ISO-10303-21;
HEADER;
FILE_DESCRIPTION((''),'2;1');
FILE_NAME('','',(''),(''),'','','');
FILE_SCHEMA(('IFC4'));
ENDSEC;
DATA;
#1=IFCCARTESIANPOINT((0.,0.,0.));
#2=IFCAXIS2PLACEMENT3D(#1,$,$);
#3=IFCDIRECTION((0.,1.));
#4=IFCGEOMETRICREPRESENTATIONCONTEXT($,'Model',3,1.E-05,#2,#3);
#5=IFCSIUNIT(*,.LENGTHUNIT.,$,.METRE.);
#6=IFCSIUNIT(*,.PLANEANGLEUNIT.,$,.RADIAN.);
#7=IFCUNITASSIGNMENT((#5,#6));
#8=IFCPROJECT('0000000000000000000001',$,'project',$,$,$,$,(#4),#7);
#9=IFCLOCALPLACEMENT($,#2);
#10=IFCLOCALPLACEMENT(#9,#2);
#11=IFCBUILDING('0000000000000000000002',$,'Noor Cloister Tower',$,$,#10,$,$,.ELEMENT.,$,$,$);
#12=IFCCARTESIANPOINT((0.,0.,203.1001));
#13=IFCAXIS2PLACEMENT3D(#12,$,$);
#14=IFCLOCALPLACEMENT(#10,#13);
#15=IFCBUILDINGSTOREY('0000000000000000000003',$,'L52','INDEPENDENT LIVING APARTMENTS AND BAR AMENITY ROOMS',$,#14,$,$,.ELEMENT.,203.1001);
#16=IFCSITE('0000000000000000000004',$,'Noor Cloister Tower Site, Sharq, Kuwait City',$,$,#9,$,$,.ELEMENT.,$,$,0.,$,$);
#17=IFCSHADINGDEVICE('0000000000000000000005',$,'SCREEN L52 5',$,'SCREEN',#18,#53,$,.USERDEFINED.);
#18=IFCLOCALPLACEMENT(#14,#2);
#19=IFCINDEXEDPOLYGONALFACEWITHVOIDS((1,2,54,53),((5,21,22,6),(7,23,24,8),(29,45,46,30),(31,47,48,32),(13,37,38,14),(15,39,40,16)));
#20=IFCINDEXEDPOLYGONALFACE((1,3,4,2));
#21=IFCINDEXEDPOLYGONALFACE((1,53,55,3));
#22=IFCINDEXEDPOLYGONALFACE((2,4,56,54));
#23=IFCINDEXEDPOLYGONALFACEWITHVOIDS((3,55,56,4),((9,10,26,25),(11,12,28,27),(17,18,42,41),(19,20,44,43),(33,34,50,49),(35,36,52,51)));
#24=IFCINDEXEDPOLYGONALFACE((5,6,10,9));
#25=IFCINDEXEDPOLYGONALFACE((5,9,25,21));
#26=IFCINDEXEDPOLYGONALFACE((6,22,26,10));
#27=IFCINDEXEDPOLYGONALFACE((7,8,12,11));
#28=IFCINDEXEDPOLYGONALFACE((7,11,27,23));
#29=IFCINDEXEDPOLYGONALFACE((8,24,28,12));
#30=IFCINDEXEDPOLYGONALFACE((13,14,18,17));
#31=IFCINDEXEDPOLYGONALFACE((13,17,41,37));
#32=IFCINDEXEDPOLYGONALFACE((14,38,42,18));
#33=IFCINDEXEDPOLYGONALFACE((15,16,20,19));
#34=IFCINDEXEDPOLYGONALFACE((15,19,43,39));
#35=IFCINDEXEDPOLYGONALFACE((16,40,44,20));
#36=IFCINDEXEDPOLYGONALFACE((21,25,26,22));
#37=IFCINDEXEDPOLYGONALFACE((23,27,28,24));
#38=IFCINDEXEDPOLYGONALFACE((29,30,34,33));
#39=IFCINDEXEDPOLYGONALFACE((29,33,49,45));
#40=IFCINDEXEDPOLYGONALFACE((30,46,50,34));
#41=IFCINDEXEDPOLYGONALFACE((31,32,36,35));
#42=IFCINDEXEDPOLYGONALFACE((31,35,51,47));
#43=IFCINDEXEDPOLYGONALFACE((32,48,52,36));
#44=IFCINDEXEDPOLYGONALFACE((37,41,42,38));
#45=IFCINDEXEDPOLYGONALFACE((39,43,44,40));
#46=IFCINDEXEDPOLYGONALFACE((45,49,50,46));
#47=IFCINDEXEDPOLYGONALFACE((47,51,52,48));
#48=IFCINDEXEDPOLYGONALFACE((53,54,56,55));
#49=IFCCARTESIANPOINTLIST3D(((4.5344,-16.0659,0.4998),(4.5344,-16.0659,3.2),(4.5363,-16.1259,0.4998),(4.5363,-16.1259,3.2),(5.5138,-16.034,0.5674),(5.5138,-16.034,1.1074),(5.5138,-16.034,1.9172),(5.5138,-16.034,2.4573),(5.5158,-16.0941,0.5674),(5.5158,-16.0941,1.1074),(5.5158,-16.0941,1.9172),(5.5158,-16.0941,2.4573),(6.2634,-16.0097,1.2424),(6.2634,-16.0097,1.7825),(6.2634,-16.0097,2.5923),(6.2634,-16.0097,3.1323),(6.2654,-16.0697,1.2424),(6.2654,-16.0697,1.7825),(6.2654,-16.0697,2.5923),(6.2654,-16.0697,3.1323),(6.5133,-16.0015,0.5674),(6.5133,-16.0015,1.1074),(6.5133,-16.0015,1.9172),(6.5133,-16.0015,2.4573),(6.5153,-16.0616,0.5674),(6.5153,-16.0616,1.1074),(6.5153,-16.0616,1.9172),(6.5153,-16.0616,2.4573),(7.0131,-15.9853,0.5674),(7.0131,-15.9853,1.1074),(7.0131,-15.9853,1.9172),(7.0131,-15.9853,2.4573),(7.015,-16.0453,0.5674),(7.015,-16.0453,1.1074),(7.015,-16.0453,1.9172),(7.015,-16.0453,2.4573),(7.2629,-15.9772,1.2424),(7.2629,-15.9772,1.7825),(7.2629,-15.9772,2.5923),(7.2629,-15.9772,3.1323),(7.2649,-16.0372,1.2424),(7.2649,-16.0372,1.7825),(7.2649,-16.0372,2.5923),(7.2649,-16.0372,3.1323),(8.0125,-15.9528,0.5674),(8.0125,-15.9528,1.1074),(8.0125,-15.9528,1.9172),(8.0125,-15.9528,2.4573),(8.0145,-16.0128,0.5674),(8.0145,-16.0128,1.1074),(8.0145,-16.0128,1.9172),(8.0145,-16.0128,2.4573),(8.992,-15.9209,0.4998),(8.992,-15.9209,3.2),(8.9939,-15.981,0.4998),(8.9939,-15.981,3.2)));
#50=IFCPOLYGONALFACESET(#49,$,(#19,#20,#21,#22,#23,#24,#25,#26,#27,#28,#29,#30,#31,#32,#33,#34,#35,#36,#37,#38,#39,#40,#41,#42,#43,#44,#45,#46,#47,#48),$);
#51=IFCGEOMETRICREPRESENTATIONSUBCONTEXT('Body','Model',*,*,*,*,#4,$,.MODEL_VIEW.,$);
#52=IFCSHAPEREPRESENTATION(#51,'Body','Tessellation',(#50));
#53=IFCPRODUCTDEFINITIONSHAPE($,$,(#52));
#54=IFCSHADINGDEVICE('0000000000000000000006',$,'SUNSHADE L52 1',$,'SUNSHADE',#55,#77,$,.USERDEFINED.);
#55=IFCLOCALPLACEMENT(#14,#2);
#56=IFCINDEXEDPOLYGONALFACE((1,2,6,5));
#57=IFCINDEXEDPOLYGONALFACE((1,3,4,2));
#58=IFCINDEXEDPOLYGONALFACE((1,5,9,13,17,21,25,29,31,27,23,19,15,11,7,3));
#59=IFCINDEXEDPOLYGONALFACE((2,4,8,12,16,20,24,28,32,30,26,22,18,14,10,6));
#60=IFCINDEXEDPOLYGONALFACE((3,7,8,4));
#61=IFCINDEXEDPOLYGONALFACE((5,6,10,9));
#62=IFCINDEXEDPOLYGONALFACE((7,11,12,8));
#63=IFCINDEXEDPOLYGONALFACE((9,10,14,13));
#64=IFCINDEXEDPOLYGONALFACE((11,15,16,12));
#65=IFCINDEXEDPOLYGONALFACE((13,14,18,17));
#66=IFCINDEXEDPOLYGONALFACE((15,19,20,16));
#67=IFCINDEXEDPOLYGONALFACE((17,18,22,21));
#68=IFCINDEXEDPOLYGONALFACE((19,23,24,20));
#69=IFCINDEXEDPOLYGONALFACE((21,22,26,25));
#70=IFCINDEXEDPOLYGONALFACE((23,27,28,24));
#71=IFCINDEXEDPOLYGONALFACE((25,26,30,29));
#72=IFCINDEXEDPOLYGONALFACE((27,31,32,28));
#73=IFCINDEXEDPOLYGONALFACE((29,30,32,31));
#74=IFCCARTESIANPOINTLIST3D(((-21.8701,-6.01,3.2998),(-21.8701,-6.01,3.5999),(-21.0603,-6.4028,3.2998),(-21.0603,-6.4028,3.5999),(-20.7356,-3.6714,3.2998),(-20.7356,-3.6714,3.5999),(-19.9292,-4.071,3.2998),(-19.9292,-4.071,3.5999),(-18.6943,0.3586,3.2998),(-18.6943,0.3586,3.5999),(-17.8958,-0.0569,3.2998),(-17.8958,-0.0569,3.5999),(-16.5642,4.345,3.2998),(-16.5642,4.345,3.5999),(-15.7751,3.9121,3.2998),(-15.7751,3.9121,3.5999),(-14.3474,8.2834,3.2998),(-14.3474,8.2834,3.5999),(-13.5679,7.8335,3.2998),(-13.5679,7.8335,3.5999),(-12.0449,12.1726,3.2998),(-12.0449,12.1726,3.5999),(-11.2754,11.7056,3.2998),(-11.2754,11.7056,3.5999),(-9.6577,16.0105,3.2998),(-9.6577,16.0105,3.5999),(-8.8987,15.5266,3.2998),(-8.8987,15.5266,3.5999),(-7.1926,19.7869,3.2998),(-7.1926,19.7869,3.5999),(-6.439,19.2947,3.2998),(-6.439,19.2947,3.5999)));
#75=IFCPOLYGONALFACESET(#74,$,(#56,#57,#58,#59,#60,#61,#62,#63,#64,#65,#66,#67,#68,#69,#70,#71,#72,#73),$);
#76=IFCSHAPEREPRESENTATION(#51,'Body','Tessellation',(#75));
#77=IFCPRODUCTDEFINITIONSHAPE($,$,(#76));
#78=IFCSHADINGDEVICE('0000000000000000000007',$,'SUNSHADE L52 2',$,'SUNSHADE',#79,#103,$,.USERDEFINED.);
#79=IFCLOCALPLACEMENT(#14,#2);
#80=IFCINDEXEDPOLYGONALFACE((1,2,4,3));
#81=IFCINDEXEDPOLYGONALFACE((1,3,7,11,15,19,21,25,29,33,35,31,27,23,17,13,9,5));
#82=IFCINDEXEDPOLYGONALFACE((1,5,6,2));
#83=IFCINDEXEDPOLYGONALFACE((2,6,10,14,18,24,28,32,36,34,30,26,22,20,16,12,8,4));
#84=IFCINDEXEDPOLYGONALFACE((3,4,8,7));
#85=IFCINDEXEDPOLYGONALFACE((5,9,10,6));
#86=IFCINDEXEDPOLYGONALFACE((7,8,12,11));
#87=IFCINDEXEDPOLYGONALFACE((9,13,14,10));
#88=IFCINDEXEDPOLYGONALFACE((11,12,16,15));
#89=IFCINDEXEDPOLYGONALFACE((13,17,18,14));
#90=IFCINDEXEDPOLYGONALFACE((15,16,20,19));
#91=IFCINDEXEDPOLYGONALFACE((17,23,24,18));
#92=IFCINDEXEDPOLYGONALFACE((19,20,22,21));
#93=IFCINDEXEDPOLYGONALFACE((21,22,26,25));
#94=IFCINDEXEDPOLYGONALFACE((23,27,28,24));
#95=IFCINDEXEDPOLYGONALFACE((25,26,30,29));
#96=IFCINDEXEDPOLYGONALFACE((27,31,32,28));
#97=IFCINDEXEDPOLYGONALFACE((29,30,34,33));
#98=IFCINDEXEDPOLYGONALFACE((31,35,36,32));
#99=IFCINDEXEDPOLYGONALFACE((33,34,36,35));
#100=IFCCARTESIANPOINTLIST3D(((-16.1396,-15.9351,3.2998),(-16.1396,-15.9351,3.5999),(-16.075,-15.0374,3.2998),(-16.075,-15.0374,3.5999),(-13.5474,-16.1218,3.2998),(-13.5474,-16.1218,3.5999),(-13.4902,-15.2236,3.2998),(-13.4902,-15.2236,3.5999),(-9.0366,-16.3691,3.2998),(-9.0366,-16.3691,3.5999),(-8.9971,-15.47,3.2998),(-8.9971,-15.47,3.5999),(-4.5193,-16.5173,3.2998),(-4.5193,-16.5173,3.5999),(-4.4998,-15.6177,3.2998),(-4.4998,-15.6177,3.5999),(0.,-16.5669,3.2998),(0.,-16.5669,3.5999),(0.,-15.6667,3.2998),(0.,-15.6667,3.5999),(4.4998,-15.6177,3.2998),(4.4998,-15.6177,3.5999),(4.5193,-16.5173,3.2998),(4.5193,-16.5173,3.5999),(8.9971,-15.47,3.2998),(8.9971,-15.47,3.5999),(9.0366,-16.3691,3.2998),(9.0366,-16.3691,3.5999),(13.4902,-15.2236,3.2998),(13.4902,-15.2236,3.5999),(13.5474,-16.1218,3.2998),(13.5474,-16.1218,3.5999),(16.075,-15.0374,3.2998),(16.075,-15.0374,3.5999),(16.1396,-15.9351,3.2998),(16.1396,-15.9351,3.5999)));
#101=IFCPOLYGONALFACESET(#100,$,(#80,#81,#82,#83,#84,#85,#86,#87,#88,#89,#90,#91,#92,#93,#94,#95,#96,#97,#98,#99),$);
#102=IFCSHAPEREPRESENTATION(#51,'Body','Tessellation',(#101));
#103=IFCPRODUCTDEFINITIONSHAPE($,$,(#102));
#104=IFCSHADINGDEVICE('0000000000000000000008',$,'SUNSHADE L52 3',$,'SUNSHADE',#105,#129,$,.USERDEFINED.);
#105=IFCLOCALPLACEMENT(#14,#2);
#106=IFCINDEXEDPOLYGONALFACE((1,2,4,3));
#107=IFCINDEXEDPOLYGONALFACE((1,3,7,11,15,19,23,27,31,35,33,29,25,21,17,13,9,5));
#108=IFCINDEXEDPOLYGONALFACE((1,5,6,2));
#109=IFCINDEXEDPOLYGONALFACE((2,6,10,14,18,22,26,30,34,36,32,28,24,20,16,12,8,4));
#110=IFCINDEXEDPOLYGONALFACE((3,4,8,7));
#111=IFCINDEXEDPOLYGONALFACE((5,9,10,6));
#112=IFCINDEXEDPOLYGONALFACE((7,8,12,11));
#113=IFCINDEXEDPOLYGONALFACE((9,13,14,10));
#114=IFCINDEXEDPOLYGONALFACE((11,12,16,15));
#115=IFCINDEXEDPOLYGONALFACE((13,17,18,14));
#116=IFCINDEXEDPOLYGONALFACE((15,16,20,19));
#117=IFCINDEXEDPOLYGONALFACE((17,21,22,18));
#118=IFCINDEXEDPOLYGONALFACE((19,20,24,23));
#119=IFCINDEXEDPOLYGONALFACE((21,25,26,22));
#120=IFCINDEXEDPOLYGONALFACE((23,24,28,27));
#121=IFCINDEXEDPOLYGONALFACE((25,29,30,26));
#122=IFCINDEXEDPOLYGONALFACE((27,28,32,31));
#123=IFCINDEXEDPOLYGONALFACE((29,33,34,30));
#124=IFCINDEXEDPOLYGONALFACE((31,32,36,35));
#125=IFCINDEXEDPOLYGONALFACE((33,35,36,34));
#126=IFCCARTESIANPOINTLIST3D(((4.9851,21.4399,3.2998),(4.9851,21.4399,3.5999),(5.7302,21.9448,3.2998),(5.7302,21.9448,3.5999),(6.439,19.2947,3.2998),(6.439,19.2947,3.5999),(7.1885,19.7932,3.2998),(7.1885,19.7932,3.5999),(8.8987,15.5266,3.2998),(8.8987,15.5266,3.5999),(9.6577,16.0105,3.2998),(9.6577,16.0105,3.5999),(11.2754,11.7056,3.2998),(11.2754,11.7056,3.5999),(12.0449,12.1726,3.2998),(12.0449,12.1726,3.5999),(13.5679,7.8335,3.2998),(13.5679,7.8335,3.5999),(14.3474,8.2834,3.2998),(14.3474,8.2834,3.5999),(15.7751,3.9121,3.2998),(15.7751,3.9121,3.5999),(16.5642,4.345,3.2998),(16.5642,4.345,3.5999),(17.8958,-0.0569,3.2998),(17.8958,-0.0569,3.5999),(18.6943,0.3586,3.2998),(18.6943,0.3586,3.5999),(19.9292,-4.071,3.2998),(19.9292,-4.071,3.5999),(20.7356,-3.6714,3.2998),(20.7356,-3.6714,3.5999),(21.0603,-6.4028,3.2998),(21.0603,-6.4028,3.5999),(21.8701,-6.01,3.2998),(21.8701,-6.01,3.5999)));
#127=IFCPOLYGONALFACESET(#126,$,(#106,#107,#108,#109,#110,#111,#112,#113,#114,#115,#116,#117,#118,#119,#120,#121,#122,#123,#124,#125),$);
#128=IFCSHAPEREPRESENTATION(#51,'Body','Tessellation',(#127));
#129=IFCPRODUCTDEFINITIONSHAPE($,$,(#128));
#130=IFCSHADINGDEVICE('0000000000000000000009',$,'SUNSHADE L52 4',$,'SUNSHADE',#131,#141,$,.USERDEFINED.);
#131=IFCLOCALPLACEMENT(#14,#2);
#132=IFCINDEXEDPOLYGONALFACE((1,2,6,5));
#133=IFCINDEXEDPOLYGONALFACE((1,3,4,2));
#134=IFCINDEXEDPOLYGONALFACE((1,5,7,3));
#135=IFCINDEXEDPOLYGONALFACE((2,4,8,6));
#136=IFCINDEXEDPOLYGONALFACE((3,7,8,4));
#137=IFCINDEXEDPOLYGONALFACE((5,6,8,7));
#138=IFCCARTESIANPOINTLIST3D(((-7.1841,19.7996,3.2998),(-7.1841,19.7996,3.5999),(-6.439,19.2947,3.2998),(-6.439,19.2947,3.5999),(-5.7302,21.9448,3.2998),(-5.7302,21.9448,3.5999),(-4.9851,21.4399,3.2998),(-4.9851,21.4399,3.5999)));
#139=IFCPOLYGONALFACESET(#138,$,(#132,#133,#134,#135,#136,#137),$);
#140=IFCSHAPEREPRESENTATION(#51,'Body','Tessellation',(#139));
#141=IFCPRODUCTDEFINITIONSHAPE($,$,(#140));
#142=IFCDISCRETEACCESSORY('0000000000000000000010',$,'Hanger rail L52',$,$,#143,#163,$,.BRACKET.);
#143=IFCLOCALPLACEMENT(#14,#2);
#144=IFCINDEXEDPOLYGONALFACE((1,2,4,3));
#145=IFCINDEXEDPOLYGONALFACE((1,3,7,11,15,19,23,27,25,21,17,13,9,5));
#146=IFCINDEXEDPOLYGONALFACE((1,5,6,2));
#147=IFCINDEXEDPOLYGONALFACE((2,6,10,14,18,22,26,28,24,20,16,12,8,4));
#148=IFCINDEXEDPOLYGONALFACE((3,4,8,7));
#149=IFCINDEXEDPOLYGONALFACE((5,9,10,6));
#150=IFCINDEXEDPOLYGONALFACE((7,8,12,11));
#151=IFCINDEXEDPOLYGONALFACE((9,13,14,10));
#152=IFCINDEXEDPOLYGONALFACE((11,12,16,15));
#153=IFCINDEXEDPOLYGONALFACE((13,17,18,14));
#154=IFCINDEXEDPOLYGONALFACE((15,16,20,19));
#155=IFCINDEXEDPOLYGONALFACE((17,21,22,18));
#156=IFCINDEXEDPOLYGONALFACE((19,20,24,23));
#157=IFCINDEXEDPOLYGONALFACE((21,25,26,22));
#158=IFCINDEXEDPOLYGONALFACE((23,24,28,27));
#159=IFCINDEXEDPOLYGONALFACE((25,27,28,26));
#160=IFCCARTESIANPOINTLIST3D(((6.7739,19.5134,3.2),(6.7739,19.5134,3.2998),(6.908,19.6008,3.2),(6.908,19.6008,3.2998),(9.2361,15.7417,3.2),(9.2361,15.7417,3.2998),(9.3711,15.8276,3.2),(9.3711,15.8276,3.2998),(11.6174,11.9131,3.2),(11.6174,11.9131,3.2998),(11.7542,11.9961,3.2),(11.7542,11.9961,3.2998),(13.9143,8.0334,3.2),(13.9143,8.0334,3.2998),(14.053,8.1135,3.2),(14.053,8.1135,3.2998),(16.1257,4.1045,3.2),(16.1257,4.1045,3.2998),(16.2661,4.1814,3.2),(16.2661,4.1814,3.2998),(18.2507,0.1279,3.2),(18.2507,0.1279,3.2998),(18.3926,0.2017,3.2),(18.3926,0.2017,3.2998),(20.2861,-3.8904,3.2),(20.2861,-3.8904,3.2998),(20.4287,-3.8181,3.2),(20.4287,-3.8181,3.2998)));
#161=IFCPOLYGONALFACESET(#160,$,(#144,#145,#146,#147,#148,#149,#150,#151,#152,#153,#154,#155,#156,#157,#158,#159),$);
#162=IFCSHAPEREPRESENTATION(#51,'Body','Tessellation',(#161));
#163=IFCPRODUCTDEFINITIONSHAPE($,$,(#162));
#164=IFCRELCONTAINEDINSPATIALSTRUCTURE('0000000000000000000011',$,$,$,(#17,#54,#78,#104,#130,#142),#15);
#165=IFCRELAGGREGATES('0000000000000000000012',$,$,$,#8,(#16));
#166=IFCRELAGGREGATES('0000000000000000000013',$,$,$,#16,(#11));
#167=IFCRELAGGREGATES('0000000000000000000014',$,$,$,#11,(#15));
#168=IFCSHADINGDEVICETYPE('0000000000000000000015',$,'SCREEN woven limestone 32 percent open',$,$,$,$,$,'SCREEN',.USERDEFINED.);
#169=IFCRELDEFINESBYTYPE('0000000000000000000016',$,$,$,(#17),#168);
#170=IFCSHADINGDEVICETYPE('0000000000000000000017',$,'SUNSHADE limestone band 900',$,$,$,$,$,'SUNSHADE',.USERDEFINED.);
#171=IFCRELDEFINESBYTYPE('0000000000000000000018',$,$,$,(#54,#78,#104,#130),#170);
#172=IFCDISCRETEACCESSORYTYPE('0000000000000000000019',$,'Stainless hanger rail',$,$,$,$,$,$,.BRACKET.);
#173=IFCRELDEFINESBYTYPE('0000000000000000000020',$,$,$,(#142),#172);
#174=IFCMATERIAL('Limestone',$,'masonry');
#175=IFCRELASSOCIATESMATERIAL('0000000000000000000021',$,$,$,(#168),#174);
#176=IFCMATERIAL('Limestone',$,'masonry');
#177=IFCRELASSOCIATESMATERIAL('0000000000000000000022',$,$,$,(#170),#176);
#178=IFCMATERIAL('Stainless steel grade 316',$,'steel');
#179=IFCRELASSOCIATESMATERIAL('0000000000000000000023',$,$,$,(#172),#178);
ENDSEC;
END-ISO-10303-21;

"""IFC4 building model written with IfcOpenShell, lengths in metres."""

from ifc_helpers import new_model, si_unit, direction, frame, origin, place, context, subcontext, project, spatial, polyline, outline, extrude, material, material_profile, profile_set, type_object, element, save


model = new_model("IFC4")

# Units and contexts
model_context = context("Model", 3, precision=1e-05, world=origin(), true_north=direction((0.0, 1.0)))
body_context = subcontext(model_context, "Body", "Model", "MODEL_VIEW")
ifc_project = project(units=[si_unit("LENGTHUNIT", "METRE"), si_unit("PLANEANGLEUNIT", "RADIAN")], contexts=[model_context])

# Site, building, storey
site_placement = place(None, origin())
site = spatial("IfcSite", under=ifc_project, at=site_placement, Name="Noor Cloister Tower Site, Sharq, Kuwait City", CompositionType="ELEMENT", RefElevation=0.0)
building_placement = place(site_placement, origin())
building = spatial("IfcBuilding", under=site, at=building_placement, Name="Noor Cloister Tower", CompositionType="ELEMENT")
storey_placement = place(building_placement, frame((0.0, 0.0, 203.1001)))
storey = spatial("IfcBuildingStorey", under=building, at=storey_placement, Name="L52", Description="INDEPENDENT LIVING APARTMENTS AND BAR AMENITY ROOMS", CompositionType="ELEMENT", Elevation=203.1001)

# Shading devices
ifc_material_1 = material(Name="Limestone", Category="masonry")
ifc_material_profile_1 = material_profile(ifc_material_1, outline(polyline([(-2.23, -1.3501), (2.23, -1.3501), (2.23, 1.3501), (-2.23, 1.3501), (-2.23, -1.3501)]), holes=[polyline([(-1.25, -1.2825), (-0.25, -1.2825), (-0.25, -0.7424), (-1.25, -0.7424), (-1.25, -1.2825)]), polyline([(0.25, -1.2825), (1.25, -1.2825), (1.25, -0.7424), (0.25, -0.7424), (0.25, -1.2825)]), polyline([(-0.5, -0.6074), (0.5, -0.6074), (0.5, -0.0674), (-0.5, -0.0674), (-0.5, -0.6074)]), polyline([(-1.25, 0.0674), (-0.25, 0.0674), (-0.25, 0.6074), (-1.25, 0.6074), (-1.25, 0.0674)]), polyline([(0.25, 0.0674), (1.25, 0.0674), (1.25, 0.6074), (0.25, 0.6074), (0.25, 0.0674)]), polyline([(-0.5, 0.7424), (0.5, 0.7424), (0.5, 1.2825), (-0.5, 1.2825), (-0.5, 0.7424)])]), Name="Woven screen 32 percent open")
ifc_profile_set_1 = profile_set([ifc_material_profile_1], Name="Limestone")
shading_device_type_1 = type_object("IfcShadingDeviceType", Name="SCREEN woven limestone 32 percent open", ElementType="SCREEN", PredefinedType="USERDEFINED", material=ifc_profile_set_1)
shading_device_1_placement = place(storey_placement, frame((6.7632, -15.9934, 1.8499), z_axis=(0.032503, -0.999472, 0.0), x_axis=(0.999472, 0.032503, 0.0)))
element("IfcShadingDevice", 1, at=shading_device_1_placement, inside=storey, type_object=shading_device_type_1, Name="SCREEN L52 5", ObjectType="SCREEN", PredefinedType="USERDEFINED", context=body_context, shape_type="SweptSolid", body=[
    extrude(outline(polyline([(-2.23, -1.3501), (2.23, -1.3501), (2.23, 1.3501), (-2.23, 1.3501), (-2.23, -1.3501)]), holes=[polyline([(-1.25, -1.2825), (-0.25, -1.2825), (-0.25, -0.7424), (-1.25, -0.7424), (-1.25, -1.2825)]), polyline([(0.25, -1.2825), (1.25, -1.2825), (1.25, -0.7424), (0.25, -0.7424), (0.25, -1.2825)]), polyline([(-0.5, -0.6074), (0.5, -0.6074), (0.5, -0.0674), (-0.5, -0.0674), (-0.5, -0.6074)]), polyline([(-1.25, 0.0674), (-0.25, 0.0674), (-0.25, 0.6074), (-1.25, 0.6074), (-1.25, 0.0674)]), polyline([(0.25, 0.0674), (1.25, 0.0674), (1.25, 0.6074), (0.25, 0.6074), (0.25, 0.0674)]), polyline([(-0.5, 0.7424), (0.5, 0.7424), (0.5, 1.2825), (-0.5, 1.2825), (-0.5, 0.7424)])]), origin(), (0.0, 0.0, 1.0), 0.0601),
])
ifc_material_2 = material(Name="Limestone", Category="masonry")
shading_device_type_2 = type_object("IfcShadingDeviceType", Name="SUNSHADE limestone band 900", ElementType="SUNSHADE", PredefinedType="USERDEFINED", material=ifc_material_2)
shading_device_2_placement = place(storey_placement, frame((0.0, 0.0, 3.2998)))
element("IfcShadingDevice", 2, at=shading_device_2_placement, inside=storey, type_object=shading_device_type_2, Name="SUNSHADE L52 1", ObjectType="SUNSHADE", PredefinedType="USERDEFINED", context=body_context, shape_type="SweptSolid", body=[
    extrude(outline(polyline([(-7.1926, 19.7869), (-9.6577, 16.0105), (-12.0449, 12.1726), (-14.3474, 8.2834), (-16.5642, 4.345), (-18.6943, 0.3586), (-20.7356, -3.6714), (-21.8701, -6.01), (-21.0603, -6.4028), (-19.9292, -4.071), (-17.8958, -0.0569), (-15.7751, 3.9121), (-13.5679, 7.8335), (-11.2754, 11.7056), (-8.8987, 15.5266), (-6.439, 19.2947), (-7.1926, 19.7869)])), origin(), (0.0, 0.0, 1.0), 0.3),
])
shading_device_3_placement = place(storey_placement, frame((0.0, 0.0, 3.2998)))
element("IfcShadingDevice", 3, at=shading_device_3_placement, inside=storey, type_object=shading_device_type_2, Name="SUNSHADE L52 2", ObjectType="SUNSHADE", PredefinedType="USERDEFINED", context=body_context, shape_type="SweptSolid", body=[
    extrude(outline(polyline([(-16.1396, -15.9351), (-13.5474, -16.1218), (-9.0366, -16.3691), (-4.5193, -16.5173), (0.0, -16.5669), (4.5193, -16.5173), (9.0366, -16.3691), (13.5474, -16.1218), (16.1396, -15.9351), (16.075, -15.0374), (13.4902, -15.2236), (8.9971, -15.47), (4.4998, -15.6177), (0.0, -15.6667), (-4.4998, -15.6177), (-8.9971, -15.47), (-13.4902, -15.2236), (-16.075, -15.0374), (-16.1396, -15.9351)])), origin(), (0.0, 0.0, 1.0), 0.3),
])
shading_device_4_placement = place(storey_placement, frame((0.0, 0.0, 3.2998)))
element("IfcShadingDevice", 4, at=shading_device_4_placement, inside=storey, type_object=shading_device_type_2, Name="SUNSHADE L52 3", ObjectType="SUNSHADE", PredefinedType="USERDEFINED", context=body_context, shape_type="SweptSolid", body=[
    extrude(outline(polyline([(21.8701, -6.01), (20.7356, -3.6714), (18.6943, 0.3586), (16.5642, 4.345), (14.3474, 8.2834), (12.0449, 12.1726), (9.6577, 16.0105), (7.1885, 19.7932), (5.7302, 21.9448), (4.9851, 21.4399), (6.439, 19.2947), (8.8987, 15.5266), (11.2754, 11.7056), (13.5679, 7.8335), (15.7751, 3.9121), (17.8958, -0.0569), (19.9292, -4.071), (21.0603, -6.4028), (21.8701, -6.01)])), origin(), (0.0, 0.0, 1.0), 0.3),
])
shading_device_5_placement = place(storey_placement, frame((0.0, 0.0, 3.2998)))
element("IfcShadingDevice", 5, at=shading_device_5_placement, inside=storey, type_object=shading_device_type_2, Name="SUNSHADE L52 4", ObjectType="SUNSHADE", PredefinedType="USERDEFINED", context=body_context, shape_type="SweptSolid", body=[
    extrude(outline(polyline([(-5.7302, 21.9448), (-7.1841, 19.7996), (-6.439, 19.2947), (-4.9851, 21.4399), (-5.7302, 21.9448)])), origin(), (0.0, 0.0, 1.0), 0.3),
])

# Discrete accessory
ifc_material_3 = material(Name="Stainless steel grade 316", Category="steel")
discrete_accessory_type = type_object("IfcDiscreteAccessoryType", Name="Stainless hanger rail", PredefinedType="BRACKET", material=ifc_material_3)
discrete_accessory_placement = place(storey_placement, frame((0.0, 0.0, 3.2)))
element("IfcDiscreteAccessory", 6, at=discrete_accessory_placement, inside=storey, type_object=discrete_accessory_type, Name="Hanger rail L52", PredefinedType="BRACKET", context=body_context, shape_type="SweptSolid", body=[
    extrude(outline(polyline([(20.4287, -3.8181), (18.3926, 0.2017), (16.2661, 4.1814), (14.053, 8.1135), (11.7542, 11.9961), (9.3711, 15.8276), (6.908, 19.6008), (6.7739, 19.5134), (9.2361, 15.7417), (11.6174, 11.9131), (13.9143, 8.0334), (16.1257, 4.1045), (18.2507, 0.1279), (20.2861, -3.8904), (20.4287, -3.8181)])), origin(), (0.0, 0.0, 1.0), 0.0999),
])

save(model, "model.ifc")
